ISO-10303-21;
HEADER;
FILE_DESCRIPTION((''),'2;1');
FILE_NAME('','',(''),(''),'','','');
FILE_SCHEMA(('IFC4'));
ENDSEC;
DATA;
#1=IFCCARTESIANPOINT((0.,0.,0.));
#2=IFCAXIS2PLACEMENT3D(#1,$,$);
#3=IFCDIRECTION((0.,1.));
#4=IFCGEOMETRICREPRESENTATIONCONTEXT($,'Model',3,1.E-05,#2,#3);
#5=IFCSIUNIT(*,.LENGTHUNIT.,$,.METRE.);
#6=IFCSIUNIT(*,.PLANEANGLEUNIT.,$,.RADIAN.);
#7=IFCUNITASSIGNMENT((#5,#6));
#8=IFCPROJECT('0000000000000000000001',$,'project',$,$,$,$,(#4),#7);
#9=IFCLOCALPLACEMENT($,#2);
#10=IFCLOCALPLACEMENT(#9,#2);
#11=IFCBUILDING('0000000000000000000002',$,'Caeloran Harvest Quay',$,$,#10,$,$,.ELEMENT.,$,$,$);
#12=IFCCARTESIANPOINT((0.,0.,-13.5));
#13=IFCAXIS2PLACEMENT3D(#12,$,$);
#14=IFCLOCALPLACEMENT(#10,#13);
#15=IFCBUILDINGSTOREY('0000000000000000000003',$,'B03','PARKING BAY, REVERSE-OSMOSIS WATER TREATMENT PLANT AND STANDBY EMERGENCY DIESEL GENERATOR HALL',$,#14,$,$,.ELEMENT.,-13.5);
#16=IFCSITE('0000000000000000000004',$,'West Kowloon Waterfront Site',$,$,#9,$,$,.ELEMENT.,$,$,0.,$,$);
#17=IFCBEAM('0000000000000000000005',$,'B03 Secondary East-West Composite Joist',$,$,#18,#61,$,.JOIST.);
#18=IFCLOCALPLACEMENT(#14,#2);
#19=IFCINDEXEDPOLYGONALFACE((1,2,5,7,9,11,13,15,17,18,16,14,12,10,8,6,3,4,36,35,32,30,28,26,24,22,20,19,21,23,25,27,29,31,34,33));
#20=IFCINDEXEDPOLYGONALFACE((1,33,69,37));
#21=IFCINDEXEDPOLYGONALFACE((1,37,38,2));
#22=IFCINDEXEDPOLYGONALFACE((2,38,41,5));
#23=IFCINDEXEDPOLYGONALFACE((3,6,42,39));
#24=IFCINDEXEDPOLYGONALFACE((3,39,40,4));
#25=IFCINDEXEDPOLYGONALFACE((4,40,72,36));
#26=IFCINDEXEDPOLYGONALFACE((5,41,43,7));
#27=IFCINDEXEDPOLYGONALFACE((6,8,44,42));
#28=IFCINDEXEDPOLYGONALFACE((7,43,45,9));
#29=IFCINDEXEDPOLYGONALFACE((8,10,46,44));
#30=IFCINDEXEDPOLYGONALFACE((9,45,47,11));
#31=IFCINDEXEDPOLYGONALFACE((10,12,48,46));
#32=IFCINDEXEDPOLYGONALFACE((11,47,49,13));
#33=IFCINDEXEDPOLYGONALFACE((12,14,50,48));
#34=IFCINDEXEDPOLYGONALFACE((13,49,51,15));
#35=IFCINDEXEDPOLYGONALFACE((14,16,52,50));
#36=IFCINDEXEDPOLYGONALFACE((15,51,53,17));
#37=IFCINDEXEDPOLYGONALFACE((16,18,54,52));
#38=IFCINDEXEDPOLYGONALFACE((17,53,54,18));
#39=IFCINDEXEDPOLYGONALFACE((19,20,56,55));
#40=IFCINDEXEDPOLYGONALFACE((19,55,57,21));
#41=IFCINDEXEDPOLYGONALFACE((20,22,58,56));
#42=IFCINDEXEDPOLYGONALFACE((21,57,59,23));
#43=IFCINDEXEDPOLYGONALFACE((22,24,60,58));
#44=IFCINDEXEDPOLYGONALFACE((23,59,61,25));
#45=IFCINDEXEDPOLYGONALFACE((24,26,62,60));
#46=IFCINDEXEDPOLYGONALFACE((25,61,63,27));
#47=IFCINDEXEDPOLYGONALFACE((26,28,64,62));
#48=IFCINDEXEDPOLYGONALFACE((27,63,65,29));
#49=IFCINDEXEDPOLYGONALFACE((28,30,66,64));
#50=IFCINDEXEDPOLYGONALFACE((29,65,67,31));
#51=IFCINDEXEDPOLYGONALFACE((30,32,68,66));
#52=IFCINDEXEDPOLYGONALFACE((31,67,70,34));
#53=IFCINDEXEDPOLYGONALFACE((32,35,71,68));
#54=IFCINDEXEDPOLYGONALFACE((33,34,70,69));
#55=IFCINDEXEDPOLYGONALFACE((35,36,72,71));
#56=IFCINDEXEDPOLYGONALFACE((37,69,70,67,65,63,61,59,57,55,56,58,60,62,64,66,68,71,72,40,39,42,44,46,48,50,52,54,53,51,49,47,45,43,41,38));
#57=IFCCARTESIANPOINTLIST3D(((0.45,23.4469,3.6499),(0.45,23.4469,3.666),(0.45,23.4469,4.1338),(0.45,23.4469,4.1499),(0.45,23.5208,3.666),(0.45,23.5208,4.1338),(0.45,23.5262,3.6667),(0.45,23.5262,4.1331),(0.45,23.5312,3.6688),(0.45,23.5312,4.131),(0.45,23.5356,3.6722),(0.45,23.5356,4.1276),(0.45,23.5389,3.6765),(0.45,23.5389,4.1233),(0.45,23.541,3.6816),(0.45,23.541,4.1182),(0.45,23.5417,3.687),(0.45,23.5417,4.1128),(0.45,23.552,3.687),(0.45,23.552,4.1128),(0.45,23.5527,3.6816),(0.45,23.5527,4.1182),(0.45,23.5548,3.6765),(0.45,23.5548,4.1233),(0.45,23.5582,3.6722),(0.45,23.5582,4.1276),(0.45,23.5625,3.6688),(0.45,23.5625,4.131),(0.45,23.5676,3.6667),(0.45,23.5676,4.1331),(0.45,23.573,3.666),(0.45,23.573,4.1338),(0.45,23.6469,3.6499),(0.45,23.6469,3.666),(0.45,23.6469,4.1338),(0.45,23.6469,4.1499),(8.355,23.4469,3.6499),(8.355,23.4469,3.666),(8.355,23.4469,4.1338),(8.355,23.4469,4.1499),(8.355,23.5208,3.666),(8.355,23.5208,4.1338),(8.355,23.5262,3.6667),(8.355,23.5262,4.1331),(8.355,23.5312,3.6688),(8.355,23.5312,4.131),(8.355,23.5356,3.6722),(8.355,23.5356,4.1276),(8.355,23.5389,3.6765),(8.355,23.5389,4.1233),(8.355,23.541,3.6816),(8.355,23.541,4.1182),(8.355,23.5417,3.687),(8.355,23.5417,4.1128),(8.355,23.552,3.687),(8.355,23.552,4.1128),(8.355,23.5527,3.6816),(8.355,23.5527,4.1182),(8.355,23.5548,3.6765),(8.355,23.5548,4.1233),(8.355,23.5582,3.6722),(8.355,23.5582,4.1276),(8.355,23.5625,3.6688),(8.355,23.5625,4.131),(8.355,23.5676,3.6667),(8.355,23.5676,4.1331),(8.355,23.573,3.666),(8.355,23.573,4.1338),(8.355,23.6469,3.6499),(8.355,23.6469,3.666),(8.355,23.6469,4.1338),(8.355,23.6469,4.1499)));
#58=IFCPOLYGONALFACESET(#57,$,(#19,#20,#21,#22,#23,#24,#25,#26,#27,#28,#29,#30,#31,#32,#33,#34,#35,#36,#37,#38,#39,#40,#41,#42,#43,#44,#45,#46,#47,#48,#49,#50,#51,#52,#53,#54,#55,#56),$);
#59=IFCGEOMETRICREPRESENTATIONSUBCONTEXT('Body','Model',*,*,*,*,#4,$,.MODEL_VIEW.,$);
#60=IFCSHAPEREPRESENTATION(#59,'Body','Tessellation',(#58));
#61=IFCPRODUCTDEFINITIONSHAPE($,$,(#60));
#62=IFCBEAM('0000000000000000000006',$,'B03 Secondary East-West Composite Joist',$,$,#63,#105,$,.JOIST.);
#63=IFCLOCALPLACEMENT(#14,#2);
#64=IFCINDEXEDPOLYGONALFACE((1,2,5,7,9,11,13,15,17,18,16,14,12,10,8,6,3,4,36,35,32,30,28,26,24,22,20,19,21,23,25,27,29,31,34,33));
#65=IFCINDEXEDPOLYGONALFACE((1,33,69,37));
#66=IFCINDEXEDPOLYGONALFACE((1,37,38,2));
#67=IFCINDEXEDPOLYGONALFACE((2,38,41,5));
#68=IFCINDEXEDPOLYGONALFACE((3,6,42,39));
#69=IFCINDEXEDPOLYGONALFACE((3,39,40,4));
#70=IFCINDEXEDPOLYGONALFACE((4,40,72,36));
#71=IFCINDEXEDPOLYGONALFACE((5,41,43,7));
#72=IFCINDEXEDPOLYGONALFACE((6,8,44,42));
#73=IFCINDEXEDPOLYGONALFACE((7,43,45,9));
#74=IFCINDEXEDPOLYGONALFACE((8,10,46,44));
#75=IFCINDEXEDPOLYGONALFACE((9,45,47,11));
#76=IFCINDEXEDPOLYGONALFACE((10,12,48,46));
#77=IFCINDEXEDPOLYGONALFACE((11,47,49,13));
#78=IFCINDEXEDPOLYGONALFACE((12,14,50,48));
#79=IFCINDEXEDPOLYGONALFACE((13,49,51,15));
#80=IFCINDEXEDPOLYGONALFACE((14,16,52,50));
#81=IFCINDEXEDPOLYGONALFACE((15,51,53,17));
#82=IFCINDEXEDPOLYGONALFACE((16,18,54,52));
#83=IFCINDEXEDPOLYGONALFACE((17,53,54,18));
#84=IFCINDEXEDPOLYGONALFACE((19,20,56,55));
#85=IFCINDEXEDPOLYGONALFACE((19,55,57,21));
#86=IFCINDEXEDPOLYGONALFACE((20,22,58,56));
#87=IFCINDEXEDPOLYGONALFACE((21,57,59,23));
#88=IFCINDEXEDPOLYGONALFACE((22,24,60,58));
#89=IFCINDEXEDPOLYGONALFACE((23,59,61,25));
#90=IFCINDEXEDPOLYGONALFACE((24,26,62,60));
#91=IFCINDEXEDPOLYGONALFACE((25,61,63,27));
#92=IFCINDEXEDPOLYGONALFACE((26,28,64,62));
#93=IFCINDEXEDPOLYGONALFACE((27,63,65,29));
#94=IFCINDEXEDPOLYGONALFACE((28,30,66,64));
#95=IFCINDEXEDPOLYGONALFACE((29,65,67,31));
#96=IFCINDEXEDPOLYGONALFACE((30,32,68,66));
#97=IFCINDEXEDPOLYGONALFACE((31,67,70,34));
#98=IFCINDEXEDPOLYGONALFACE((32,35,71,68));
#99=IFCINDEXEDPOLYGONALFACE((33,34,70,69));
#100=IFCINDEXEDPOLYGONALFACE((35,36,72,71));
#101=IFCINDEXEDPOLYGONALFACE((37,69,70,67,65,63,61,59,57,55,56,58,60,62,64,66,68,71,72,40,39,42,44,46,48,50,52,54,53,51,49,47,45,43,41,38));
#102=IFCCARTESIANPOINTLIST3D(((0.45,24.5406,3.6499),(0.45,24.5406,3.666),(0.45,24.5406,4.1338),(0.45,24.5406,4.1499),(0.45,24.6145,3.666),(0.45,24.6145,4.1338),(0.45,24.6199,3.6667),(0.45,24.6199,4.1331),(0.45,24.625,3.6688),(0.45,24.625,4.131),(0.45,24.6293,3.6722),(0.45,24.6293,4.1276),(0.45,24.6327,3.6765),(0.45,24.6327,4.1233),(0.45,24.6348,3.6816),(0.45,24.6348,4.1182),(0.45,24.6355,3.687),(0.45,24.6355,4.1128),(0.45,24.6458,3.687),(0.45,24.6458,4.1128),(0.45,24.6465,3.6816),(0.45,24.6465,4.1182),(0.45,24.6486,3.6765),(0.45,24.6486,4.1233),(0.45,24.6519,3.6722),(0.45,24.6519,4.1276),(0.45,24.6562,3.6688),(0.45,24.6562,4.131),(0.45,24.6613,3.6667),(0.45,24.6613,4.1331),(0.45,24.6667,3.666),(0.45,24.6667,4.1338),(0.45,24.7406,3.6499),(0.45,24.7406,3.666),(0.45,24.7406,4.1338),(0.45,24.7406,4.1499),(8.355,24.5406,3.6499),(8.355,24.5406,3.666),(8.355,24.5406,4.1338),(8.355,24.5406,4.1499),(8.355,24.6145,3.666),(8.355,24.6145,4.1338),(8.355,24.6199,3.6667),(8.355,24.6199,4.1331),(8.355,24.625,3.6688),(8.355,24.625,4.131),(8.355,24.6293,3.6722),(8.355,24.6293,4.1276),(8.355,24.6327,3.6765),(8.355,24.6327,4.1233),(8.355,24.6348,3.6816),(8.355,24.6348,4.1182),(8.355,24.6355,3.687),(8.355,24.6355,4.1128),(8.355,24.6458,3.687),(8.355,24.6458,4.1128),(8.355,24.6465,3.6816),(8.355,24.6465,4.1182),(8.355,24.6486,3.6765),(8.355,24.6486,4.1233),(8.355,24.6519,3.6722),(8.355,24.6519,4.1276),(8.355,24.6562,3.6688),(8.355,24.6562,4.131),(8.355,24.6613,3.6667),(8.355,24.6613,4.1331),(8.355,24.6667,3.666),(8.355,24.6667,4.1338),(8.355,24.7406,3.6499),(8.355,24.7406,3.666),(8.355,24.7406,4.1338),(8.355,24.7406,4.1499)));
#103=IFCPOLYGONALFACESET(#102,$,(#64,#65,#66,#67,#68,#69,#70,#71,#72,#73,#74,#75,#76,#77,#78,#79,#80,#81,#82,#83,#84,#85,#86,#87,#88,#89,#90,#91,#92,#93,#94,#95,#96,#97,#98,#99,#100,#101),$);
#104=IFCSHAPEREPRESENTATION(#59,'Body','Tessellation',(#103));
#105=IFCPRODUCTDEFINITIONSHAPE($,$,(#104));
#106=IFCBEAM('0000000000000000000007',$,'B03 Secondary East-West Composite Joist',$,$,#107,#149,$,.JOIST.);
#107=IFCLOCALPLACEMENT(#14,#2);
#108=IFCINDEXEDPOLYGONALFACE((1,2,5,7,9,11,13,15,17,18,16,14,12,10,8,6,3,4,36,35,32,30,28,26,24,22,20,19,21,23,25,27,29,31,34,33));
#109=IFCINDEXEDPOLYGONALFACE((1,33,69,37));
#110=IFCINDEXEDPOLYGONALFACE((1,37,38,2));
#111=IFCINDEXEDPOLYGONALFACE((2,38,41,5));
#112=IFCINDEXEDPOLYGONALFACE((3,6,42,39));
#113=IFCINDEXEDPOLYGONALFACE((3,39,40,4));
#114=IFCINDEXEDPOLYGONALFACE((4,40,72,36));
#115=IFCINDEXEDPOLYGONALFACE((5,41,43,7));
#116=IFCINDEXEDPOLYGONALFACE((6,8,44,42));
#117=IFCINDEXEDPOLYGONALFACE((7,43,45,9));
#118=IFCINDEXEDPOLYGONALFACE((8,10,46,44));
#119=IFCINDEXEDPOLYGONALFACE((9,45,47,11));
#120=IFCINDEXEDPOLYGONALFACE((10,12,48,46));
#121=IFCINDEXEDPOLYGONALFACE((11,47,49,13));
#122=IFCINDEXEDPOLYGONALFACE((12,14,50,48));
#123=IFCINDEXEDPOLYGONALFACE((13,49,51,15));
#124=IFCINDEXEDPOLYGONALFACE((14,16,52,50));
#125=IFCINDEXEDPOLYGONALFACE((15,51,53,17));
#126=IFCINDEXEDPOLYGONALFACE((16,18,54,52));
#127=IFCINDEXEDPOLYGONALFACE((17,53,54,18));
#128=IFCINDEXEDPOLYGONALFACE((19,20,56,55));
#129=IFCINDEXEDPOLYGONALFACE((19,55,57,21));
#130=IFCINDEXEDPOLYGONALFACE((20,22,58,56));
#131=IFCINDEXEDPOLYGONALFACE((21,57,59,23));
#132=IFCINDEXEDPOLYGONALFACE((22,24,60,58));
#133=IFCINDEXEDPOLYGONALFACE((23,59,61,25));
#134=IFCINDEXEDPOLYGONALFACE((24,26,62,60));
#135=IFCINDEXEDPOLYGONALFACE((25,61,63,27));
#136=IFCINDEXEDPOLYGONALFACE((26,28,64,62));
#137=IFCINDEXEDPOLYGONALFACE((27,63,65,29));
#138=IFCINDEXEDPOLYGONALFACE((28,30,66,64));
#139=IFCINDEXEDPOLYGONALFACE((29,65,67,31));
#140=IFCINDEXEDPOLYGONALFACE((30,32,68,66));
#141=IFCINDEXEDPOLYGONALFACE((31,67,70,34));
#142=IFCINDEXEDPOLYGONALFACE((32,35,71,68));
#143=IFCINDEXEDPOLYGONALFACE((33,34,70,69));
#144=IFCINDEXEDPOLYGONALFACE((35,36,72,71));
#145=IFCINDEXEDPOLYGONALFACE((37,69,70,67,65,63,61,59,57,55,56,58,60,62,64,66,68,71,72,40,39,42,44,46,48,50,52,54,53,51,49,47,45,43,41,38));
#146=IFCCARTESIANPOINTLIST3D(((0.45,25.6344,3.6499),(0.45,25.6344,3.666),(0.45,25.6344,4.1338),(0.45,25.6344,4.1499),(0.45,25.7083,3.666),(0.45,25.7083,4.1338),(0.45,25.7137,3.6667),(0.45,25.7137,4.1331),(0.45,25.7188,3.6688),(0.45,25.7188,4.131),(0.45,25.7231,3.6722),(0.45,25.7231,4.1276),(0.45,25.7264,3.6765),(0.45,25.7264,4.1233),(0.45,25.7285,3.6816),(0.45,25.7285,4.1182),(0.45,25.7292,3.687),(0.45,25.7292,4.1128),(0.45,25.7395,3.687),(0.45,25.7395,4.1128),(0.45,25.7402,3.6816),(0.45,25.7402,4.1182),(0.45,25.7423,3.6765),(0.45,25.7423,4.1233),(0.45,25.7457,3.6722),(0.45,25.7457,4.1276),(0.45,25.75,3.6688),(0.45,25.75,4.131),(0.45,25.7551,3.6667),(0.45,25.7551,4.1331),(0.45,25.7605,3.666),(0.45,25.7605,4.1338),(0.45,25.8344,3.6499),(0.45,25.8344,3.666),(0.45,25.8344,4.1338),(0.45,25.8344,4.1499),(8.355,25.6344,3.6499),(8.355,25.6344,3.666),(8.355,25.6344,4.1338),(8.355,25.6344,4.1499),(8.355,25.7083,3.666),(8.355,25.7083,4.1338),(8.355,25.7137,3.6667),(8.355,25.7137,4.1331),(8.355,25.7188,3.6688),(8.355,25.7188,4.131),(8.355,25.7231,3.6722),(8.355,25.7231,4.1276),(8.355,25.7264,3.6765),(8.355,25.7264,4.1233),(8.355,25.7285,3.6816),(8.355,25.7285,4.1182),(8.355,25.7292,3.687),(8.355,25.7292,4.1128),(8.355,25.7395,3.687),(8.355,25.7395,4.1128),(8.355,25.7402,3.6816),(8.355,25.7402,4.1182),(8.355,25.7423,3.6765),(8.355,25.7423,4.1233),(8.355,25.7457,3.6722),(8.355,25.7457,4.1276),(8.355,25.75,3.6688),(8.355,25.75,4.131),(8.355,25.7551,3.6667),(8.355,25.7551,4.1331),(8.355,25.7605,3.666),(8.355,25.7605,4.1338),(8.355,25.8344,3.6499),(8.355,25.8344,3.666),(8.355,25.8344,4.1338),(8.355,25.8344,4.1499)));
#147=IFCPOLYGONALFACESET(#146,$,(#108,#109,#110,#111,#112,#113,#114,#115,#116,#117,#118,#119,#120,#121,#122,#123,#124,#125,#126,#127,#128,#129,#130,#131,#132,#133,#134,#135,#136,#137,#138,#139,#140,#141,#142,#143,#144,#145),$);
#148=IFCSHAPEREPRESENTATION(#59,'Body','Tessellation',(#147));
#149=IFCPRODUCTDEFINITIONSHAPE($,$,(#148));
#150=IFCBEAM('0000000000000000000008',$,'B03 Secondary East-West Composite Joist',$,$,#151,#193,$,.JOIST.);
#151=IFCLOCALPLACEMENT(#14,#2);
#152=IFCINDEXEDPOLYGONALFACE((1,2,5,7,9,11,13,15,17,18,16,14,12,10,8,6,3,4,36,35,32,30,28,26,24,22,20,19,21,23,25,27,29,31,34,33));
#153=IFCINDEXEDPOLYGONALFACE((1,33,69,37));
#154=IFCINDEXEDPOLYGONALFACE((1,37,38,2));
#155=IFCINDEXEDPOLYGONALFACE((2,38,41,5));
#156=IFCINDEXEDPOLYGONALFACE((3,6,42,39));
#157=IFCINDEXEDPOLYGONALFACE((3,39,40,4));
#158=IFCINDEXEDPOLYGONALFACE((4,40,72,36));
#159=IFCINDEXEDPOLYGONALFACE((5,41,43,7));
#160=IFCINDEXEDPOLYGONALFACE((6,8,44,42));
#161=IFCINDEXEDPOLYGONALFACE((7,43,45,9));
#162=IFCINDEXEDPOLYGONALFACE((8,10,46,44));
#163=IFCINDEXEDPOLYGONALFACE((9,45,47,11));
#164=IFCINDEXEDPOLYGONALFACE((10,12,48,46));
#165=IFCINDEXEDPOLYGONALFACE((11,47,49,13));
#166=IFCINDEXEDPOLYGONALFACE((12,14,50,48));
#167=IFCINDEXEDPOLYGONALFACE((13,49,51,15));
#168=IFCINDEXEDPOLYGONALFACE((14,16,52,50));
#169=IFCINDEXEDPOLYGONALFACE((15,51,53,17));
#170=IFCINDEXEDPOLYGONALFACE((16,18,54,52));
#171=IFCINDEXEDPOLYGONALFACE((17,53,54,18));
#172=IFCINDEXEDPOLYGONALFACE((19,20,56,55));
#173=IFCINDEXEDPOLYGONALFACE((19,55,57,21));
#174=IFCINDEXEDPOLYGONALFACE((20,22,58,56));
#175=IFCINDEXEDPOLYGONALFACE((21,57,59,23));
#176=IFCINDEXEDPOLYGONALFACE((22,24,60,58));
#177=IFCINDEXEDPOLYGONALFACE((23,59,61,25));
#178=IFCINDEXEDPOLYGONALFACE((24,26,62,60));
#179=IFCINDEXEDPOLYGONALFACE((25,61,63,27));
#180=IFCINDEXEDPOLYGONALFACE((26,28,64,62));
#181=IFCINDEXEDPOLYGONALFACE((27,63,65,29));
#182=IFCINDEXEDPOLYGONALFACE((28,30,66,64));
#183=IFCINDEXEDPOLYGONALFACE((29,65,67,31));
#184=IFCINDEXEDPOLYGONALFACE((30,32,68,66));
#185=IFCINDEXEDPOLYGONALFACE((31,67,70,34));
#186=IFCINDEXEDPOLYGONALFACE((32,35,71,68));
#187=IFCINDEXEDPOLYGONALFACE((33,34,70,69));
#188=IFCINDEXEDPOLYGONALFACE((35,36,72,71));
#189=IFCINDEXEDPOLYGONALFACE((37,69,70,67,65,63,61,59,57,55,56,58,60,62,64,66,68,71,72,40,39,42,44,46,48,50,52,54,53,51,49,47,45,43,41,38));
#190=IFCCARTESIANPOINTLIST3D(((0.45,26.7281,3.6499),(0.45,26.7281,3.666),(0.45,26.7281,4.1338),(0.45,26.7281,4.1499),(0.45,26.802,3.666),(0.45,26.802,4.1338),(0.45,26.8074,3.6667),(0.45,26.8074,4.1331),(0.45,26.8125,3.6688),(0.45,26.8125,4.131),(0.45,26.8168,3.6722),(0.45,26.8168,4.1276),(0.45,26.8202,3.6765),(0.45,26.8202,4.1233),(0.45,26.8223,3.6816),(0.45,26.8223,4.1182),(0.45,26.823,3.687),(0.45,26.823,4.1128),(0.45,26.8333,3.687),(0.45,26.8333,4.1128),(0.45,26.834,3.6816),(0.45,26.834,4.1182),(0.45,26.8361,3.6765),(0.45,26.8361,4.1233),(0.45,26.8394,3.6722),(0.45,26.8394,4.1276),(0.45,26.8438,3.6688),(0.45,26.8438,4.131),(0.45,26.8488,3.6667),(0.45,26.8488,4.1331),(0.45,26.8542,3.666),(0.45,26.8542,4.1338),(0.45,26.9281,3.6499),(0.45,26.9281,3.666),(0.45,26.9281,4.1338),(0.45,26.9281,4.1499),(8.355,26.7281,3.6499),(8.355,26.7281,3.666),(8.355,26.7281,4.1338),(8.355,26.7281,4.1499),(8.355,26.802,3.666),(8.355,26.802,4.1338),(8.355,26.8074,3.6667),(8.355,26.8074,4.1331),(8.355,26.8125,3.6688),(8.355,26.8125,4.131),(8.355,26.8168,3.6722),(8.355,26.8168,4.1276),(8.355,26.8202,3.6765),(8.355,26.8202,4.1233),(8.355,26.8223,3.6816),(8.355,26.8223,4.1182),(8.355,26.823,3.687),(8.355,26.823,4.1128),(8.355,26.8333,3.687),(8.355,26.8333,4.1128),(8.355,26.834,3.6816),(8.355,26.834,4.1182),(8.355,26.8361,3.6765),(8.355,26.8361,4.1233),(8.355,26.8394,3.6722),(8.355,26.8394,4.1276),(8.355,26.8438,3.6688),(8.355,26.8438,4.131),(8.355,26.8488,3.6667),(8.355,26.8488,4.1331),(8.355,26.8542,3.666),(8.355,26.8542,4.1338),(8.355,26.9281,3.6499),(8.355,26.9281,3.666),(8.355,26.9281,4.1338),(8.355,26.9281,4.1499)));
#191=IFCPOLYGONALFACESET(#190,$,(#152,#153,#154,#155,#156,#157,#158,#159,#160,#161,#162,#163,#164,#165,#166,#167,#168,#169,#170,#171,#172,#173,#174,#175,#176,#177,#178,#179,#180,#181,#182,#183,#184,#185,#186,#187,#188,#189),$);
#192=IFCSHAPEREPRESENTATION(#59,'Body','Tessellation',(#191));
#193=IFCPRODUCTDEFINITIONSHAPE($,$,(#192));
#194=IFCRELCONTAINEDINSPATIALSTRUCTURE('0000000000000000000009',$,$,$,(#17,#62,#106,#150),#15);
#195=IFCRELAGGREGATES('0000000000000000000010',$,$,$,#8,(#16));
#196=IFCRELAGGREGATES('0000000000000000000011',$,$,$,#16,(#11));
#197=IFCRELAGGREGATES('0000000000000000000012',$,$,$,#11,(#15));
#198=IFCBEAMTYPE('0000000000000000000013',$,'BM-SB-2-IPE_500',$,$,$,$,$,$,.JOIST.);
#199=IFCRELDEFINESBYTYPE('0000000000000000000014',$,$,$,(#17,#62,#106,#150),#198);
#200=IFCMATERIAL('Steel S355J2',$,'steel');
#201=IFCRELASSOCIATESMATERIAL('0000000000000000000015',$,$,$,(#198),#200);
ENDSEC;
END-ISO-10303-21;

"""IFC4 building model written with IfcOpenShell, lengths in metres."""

from ifc_helpers import new_model, si_unit, direction, frame, origin, origin_2d, place, context, subcontext, project, spatial, i_section, extrude, material, material_profile, profile_set, type_object, element, save


model = new_model("IFC4")

# Units and contexts
model_context = context("Model", 3, precision=1e-05, world=origin(), true_north=direction((0.0, 1.0)))
body_context = subcontext(model_context, "Body", "Model", "MODEL_VIEW")
ifc_project = project(units=[si_unit("LENGTHUNIT", "METRE"), si_unit("PLANEANGLEUNIT", "RADIAN")], contexts=[model_context])

# Site, building, storey
site_placement = place(None, origin())
site = spatial("IfcSite", under=ifc_project, at=site_placement, Name="West Kowloon Waterfront Site", CompositionType="ELEMENT", RefElevation=0.0)
building_placement = place(site_placement, origin())
building = spatial("IfcBuilding", under=site, at=building_placement, Name="Caeloran Harvest Quay", CompositionType="ELEMENT")
storey_placement = place(building_placement, frame((0.0, 0.0, -13.5)))
storey = spatial("IfcBuildingStorey", under=building, at=storey_placement, Name="B03", Description="PARKING BAY, REVERSE-OSMOSIS WATER TREATMENT PLANT AND STANDBY EMERGENCY DIESEL GENERATOR HALL", CompositionType="ELEMENT", Elevation=-13.5)

# Beams
ifc_material_1 = material(Name="Steel S355J2", Category="steel")
ifc_material_profile_1 = material_profile(ifc_material_1, i_section(OverallWidth=0.2, OverallDepth=0.5, WebThickness=0.0103, FlangeThickness=0.0161, FilletRadius=0.021, at=origin_2d()), Name="IPE 500")
ifc_profile_set_1 = profile_set([ifc_material_profile_1], Name="Steel S355J2")
beam_type_1 = type_object("IfcBeamType", Name="BM-SB-2-IPE_500", PredefinedType="JOIST", material=ifc_profile_set_1)
for number, where, z_axis, x_axis, name in (
    (1, (0.45, 23.5469, 3.8999), (1.0, 0.0, 0.0), (0.0, 1.0, 0.0), "B03 Secondary East-West Composite Joist"),
    (2, (0.45, 24.6406, 3.8999), (1.0, 0.0, 0.0), (0.0, 1.0, 0.0), "B03 Secondary East-West Composite Joist"),
    (3, (0.45, 25.7344, 3.8999), (1.0, 0.0, 0.0), (0.0, 1.0, 0.0), "B03 Secondary East-West Composite Joist"),
    (4, (0.45, 26.8281, 3.8999), (1.0, 0.0, 0.0), (0.0, 1.0, 0.0), "B03 Secondary East-West Composite Joist"),
):
    element("IfcBeam", number, at=place(storey_placement, frame(where, z_axis=z_axis, x_axis=x_axis)), inside=storey, type_object=beam_type_1, Name=name, PredefinedType="JOIST", context=body_context, shape_type="SweptSolid", body=[
        extrude(i_section(OverallWidth=0.2, OverallDepth=0.5, WebThickness=0.0103, FlangeThickness=0.0161, FilletRadius=0.021, at=origin_2d()), origin(), (0.0, 0.0, 1.0), 7.905),
    ])

save(model, "model.ifc")
